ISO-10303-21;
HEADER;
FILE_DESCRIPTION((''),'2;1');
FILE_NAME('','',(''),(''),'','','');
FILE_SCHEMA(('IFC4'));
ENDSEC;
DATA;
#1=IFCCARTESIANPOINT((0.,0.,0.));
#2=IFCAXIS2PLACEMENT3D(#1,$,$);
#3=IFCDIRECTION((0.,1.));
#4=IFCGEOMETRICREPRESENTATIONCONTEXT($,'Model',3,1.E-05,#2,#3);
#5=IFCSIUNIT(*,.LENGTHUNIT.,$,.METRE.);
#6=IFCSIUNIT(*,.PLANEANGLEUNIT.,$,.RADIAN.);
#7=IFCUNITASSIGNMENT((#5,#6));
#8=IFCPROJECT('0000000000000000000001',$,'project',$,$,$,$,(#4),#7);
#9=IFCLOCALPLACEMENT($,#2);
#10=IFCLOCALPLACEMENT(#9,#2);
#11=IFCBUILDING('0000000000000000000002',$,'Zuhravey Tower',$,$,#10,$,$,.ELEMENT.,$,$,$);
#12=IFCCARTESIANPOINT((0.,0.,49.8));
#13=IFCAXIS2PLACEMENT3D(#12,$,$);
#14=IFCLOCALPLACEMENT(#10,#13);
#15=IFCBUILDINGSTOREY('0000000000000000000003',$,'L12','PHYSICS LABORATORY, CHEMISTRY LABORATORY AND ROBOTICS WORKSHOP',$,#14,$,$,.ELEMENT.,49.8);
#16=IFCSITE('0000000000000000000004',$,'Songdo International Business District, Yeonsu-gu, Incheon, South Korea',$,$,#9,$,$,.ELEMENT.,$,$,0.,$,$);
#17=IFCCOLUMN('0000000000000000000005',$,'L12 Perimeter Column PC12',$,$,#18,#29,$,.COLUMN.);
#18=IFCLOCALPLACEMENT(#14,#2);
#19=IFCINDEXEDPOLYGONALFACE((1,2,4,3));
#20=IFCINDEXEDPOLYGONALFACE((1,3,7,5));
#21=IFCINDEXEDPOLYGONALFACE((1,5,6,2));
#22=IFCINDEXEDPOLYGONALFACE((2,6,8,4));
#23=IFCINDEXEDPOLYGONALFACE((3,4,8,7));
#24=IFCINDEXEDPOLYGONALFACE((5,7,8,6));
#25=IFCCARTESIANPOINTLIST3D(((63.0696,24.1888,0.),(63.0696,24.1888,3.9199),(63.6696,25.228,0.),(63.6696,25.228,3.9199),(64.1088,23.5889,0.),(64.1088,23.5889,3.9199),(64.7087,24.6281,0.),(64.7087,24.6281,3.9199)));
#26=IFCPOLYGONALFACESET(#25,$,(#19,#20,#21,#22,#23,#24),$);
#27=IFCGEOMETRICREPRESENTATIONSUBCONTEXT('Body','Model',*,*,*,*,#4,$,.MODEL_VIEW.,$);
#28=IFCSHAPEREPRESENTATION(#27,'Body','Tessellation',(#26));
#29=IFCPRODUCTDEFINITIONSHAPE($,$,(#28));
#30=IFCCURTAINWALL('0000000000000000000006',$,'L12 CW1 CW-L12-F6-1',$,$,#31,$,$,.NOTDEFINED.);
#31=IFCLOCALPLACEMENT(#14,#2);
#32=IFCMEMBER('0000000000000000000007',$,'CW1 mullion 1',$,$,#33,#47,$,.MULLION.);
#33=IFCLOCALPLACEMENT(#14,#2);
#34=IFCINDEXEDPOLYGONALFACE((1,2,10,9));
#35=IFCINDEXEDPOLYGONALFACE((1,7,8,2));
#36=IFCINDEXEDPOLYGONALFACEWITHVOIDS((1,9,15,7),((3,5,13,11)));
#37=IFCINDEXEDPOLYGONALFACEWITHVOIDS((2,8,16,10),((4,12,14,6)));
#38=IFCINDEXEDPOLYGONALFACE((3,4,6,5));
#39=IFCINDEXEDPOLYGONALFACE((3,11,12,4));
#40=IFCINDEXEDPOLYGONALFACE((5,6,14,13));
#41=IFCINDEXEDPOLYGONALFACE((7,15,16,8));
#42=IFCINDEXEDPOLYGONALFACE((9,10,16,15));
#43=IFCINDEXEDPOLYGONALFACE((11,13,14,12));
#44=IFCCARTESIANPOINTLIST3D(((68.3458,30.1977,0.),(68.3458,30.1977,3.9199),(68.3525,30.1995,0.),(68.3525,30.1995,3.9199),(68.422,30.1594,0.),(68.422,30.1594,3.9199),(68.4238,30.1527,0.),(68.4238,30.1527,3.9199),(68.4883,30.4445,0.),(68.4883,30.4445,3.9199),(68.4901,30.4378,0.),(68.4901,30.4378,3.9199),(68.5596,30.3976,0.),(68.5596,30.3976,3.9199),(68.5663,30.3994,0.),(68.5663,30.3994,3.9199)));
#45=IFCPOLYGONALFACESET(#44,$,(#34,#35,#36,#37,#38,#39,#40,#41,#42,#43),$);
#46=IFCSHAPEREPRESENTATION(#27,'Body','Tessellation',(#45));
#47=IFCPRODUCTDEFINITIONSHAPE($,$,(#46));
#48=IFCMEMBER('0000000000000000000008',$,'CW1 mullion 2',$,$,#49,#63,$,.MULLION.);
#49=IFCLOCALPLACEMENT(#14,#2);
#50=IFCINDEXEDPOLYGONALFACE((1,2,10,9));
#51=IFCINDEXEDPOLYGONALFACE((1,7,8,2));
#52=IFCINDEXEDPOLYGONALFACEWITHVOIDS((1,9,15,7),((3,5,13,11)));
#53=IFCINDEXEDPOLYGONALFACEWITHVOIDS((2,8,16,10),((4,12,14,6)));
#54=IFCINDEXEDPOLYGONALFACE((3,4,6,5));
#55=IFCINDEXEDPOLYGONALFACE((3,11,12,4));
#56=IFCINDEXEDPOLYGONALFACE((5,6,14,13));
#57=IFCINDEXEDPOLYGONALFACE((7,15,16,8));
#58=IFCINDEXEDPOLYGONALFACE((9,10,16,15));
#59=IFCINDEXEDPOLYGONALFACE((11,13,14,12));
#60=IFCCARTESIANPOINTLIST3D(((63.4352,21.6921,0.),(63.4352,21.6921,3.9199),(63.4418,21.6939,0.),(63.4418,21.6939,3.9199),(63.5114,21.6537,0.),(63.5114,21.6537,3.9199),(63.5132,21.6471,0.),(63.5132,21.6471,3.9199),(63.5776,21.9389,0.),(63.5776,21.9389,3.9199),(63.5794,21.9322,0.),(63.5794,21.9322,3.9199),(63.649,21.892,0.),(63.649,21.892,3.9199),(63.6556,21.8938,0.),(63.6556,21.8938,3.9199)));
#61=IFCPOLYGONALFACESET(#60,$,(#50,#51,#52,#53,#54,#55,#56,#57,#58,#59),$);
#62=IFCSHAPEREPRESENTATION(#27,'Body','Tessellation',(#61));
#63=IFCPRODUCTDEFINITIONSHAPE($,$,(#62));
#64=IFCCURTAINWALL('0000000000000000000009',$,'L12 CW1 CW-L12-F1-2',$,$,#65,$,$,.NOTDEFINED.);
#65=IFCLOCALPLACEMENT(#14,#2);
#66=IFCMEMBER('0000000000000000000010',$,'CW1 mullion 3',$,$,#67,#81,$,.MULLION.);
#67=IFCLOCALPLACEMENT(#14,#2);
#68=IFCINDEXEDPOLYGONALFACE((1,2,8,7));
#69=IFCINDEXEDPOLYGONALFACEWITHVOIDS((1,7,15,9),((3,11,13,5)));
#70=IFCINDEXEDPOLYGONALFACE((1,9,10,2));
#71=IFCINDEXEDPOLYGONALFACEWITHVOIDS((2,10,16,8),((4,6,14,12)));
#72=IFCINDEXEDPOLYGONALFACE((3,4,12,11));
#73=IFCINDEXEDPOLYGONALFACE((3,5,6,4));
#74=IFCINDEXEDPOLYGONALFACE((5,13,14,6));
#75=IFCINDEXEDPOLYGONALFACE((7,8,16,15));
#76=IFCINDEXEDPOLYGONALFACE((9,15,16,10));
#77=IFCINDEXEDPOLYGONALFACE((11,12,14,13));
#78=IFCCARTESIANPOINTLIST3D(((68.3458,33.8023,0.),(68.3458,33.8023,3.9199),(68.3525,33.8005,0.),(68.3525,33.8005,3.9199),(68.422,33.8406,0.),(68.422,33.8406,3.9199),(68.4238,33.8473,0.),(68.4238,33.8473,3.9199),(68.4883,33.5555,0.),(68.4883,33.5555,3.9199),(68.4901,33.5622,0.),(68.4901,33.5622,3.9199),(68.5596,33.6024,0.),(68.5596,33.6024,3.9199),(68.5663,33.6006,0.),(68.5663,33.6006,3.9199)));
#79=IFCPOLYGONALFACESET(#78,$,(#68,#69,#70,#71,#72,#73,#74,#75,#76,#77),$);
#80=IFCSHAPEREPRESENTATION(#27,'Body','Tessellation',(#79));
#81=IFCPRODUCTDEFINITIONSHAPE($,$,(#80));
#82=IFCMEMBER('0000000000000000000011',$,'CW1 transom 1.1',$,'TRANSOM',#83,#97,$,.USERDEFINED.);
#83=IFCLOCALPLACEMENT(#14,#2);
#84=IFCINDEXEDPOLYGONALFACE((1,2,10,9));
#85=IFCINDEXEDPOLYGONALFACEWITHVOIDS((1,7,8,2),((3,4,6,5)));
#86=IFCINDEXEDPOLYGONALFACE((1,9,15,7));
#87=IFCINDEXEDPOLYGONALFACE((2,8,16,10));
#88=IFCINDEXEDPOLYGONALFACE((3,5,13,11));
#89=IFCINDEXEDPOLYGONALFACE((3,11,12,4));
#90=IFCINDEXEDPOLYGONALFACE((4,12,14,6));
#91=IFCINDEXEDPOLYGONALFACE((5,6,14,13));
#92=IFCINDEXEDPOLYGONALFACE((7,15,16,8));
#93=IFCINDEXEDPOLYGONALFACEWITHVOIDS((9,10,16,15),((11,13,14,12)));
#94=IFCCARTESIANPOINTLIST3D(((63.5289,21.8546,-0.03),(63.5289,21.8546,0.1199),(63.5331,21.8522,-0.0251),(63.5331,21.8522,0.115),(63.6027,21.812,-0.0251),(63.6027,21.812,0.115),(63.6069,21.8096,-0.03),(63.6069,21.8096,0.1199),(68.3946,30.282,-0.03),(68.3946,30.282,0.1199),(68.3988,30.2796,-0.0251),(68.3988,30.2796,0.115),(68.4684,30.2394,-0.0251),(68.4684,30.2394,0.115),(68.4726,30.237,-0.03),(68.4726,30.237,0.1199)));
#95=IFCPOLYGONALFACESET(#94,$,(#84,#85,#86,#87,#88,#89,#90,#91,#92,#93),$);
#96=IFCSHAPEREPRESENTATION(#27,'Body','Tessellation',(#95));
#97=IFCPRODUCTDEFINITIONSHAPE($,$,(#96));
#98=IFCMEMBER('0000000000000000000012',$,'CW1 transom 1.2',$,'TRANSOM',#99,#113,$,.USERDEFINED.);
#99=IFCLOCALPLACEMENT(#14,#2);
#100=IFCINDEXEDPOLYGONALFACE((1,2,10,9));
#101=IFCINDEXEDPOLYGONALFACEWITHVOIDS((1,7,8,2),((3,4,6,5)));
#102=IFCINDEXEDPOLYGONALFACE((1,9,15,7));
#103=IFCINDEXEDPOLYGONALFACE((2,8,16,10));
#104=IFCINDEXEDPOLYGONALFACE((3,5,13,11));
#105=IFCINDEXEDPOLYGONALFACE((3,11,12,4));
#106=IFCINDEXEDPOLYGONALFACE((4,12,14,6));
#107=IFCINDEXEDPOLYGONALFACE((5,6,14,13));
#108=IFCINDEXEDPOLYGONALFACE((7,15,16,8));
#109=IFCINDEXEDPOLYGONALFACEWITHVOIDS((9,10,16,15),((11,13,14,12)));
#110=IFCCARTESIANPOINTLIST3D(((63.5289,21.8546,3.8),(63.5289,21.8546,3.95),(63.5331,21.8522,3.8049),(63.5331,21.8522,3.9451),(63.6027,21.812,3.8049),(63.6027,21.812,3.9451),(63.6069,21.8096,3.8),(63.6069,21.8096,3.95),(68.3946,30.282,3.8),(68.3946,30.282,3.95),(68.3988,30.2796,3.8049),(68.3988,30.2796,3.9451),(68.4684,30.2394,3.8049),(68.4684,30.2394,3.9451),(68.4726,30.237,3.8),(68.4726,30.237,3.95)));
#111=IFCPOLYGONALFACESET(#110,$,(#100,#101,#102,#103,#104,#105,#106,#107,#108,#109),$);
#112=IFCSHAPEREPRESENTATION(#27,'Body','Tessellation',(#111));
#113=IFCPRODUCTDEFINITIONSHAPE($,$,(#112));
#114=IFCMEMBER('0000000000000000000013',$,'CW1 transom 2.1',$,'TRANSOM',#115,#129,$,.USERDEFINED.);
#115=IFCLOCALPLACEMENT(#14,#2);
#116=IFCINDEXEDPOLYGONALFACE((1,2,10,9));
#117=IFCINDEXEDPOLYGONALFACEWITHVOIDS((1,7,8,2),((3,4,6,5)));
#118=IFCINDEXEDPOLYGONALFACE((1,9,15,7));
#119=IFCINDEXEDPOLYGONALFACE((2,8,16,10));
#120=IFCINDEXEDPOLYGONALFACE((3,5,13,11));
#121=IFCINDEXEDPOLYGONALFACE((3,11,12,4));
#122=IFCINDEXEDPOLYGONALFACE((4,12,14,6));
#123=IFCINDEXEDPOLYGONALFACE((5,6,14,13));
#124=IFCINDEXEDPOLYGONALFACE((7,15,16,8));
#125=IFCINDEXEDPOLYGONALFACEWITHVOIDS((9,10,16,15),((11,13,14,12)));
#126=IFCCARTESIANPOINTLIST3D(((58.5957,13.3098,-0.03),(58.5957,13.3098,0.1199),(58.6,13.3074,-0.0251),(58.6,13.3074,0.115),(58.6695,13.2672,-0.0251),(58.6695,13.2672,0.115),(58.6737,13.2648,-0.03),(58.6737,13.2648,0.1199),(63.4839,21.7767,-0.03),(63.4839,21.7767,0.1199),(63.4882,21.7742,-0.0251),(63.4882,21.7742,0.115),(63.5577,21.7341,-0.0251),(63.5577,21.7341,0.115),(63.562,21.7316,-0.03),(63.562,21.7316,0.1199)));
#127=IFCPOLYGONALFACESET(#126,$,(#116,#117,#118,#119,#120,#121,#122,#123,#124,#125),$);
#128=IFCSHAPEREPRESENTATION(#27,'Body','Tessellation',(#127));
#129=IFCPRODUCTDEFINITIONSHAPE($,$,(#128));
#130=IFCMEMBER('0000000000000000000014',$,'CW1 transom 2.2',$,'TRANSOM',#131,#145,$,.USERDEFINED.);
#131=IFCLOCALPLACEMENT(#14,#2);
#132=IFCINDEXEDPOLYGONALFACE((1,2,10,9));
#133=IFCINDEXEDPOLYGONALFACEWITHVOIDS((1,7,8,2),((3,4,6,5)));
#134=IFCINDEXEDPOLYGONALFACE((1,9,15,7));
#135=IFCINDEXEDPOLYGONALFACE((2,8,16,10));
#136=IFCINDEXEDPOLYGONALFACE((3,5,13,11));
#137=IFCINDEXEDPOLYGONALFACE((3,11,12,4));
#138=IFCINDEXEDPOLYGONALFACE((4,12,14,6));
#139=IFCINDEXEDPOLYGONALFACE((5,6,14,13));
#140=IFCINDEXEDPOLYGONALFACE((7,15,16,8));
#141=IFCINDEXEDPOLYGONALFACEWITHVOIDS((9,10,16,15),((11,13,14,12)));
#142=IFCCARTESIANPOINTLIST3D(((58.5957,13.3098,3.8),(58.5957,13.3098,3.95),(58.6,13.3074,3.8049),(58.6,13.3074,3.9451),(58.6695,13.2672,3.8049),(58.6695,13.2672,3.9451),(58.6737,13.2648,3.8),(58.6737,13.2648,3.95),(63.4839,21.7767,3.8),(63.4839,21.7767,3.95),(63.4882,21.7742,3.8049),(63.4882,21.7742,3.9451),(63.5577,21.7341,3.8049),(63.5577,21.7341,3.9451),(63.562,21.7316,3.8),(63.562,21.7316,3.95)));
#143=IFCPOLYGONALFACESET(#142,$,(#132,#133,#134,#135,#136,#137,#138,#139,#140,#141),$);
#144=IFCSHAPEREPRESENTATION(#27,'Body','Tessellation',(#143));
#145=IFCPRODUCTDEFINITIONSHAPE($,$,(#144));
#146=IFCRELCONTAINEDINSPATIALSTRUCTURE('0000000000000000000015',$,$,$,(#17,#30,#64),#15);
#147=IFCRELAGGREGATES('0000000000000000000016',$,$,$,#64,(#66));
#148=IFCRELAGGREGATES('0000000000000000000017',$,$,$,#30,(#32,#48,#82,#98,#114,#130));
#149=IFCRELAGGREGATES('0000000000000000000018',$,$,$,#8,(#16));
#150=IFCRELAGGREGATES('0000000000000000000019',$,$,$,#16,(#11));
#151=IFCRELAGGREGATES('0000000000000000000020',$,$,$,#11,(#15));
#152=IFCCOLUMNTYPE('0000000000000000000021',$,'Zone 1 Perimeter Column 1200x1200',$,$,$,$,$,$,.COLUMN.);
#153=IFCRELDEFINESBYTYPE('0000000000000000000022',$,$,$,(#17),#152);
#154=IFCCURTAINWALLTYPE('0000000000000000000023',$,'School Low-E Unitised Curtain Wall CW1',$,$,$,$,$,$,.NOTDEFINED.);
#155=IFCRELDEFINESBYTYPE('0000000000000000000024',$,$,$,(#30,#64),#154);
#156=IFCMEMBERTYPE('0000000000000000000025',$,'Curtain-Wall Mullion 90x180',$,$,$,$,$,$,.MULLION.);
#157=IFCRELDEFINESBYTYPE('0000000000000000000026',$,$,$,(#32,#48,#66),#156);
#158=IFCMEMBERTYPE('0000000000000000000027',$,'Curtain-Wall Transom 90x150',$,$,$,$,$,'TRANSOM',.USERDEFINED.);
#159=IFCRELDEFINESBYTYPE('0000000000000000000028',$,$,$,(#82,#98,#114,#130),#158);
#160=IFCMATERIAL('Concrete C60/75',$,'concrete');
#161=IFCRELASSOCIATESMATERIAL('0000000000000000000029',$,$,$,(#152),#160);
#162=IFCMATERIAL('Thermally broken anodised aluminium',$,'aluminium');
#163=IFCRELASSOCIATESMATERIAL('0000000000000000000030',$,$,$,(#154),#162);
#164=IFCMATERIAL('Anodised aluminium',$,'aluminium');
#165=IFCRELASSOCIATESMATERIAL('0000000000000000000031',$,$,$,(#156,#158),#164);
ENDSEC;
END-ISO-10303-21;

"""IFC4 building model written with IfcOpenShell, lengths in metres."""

from ifc_helpers import new_model, si_unit, direction, frame, origin, origin_2d, place, context, subcontext, project, spatial, rectangle, hollow_rectangle, extrude, material, material_profile, profile_set, type_object, element, aggregate, save


model = new_model("IFC4")

# Units and contexts
model_context = context("Model", 3, precision=1e-05, world=origin(), true_north=direction((0.0, 1.0)))
body_context = subcontext(model_context, "Body", "Model", "MODEL_VIEW")
ifc_project = project(units=[si_unit("LENGTHUNIT", "METRE"), si_unit("PLANEANGLEUNIT", "RADIAN")], contexts=[model_context])

# Site, building, storey
site_placement = place(None, origin())
site = spatial("IfcSite", under=ifc_project, at=site_placement, Name="Songdo International Business District, Yeonsu-gu, Incheon, South Korea", CompositionType="ELEMENT", RefElevation=0.0)
building_placement = place(site_placement, origin())
building = spatial("IfcBuilding", under=site, at=building_placement, Name="Zuhravey Tower", CompositionType="ELEMENT")
storey_placement = place(building_placement, frame((0.0, 0.0, 49.8)))
storey = spatial("IfcBuildingStorey", under=building, at=storey_placement, Name="L12", Description="PHYSICS LABORATORY, CHEMISTRY LABORATORY AND ROBOTICS WORKSHOP", CompositionType="ELEMENT", Elevation=49.8)

# Column
ifc_material_1 = material(Name="Concrete C60/75", Category="concrete")
ifc_material_profile_1 = material_profile(ifc_material_1, rectangle(XDim=1.2, YDim=1.2, at=origin_2d()), Name="RC-1200x1200")
ifc_profile_set_1 = profile_set([ifc_material_profile_1], Name="Concrete C60/75")
column_type = type_object("IfcColumnType", Name="Zone 1 Perimeter Column 1200x1200", PredefinedType="COLUMN", material=ifc_profile_set_1)
column_placement = place(storey_placement, frame((63.8892, 24.4084, 0.0), z_axis=(0.0, 0.0, 1.0), x_axis=(0.5, 0.866025, 0.0)))
element("IfcColumn", 1, at=column_placement, inside=storey, type_object=column_type, Name="L12 Perimeter Column PC12", PredefinedType="COLUMN", context=body_context, shape_type="SweptSolid", body=[
    extrude(rectangle(XDim=1.2, YDim=1.2, at=origin_2d()), origin(), (0.0, 0.0, 1.0), 3.9199),
])

# Curtain wall, members
ifc_material_2 = material(Name="Thermally broken anodised aluminium", Category="aluminium")
curtain_wall_type = type_object("IfcCurtainWallType", Name="School Low-E Unitised Curtain Wall CW1", PredefinedType="NOTDEFINED", material=ifc_material_2)
curtain_wall_1_placement = place(storey_placement, origin())
curtain_wall_1 = element("IfcCurtainWall", 2, at=curtain_wall_1_placement, inside=storey, type_object=curtain_wall_type, Name="L12 CW1 CW-L12-F6-1", PredefinedType="NOTDEFINED")
ifc_material_3 = material(Name="Anodised aluminium", Category="aluminium")
ifc_material_profile_2 = material_profile(ifc_material_3, hollow_rectangle(XDim=0.0901, YDim=0.2849, WallThickness=0.0049, at=origin_2d()), Name="ALU-RHS-90x285x5")
ifc_profile_set_2 = profile_set([ifc_material_profile_2], Name="Anodised aluminium")
member_type_1 = type_object("IfcMemberType", Name="Curtain-Wall Mullion 90x180", PredefinedType="MULLION", material=ifc_profile_set_2)
member_1_placement = place(storey_placement, frame((68.4561, 30.2986, 0.0), z_axis=(0.0, 0.0, 1.0), x_axis=(0.866026, -0.5, 0.0)))
member_1 = element("IfcMember", 3, at=member_1_placement, type_object=member_type_1, Name="CW1 mullion 1", PredefinedType="MULLION", context=body_context, shape_type="SweptSolid", body=[
    extrude(hollow_rectangle(XDim=0.0901, YDim=0.2849, WallThickness=0.0049, at=origin_2d()), origin(), (0.0, 0.0, 1.0), 3.9199),
])
member_2_placement = place(storey_placement, frame((63.5454, 21.793, 0.0), z_axis=(0.0, 0.0, 1.0), x_axis=(0.866026, -0.5, 0.0)))
member_2 = element("IfcMember", 4, at=member_2_placement, type_object=member_type_1, Name="CW1 mullion 2", PredefinedType="MULLION", context=body_context, shape_type="SweptSolid", body=[
    extrude(hollow_rectangle(XDim=0.0901, YDim=0.2849, WallThickness=0.0049, at=origin_2d()), origin(), (0.0, 0.0, 1.0), 3.9199),
])

# Curtain wall, member
curtain_wall_2_placement = place(storey_placement, origin())
curtain_wall_2 = element("IfcCurtainWall", 5, at=curtain_wall_2_placement, inside=storey, type_object=curtain_wall_type, Name="L12 CW1 CW-L12-F1-2", PredefinedType="NOTDEFINED")
member_3_placement = place(storey_placement, frame((68.4561, 33.7014, 0.0), z_axis=(0.0, 0.0, 1.0), x_axis=(0.866025, 0.500001, 0.0)))
member_3 = element("IfcMember", 6, at=member_3_placement, type_object=member_type_1, Name="CW1 mullion 3", PredefinedType="MULLION", context=body_context, shape_type="SweptSolid", body=[
    extrude(hollow_rectangle(XDim=0.0901, YDim=0.2849, WallThickness=0.0049, at=origin_2d()), origin(), (0.0, 0.0, 1.0), 3.9199),
])
aggregate(curtain_wall_2, [member_3])

# Members
ifc_material_profile_3 = material_profile(ifc_material_3, hollow_rectangle(XDim=0.0901, YDim=0.1499, WallThickness=0.0049, at=origin_2d()), Name="ALU-RHS-90x150x5")
ifc_profile_set_3 = profile_set([ifc_material_profile_3], Name="Anodised aluminium")
member_type_2 = type_object("IfcMemberType", Name="Curtain-Wall Transom 90x150", ElementType="TRANSOM", PredefinedType="USERDEFINED", material=ifc_profile_set_3)
member_4_placement = place(storey_placement, frame((68.4336, 30.2595, 0.0449), z_axis=(-0.500008, -0.866021, 0.0), x_axis=(0.866021, -0.500008, 0.0)))
member_4 = element("IfcMember", 7, at=member_4_placement, type_object=member_type_2, Name="CW1 transom 1.1", ObjectType="TRANSOM", PredefinedType="USERDEFINED", context=body_context, shape_type="SweptSolid", body=[
    extrude(hollow_rectangle(XDim=0.0901, YDim=0.1499, WallThickness=0.0049, at=origin_2d()), origin(), (0.0, 0.0, 1.0), 9.7312),
])
member_5_placement = place(storey_placement, frame((68.4336, 30.2595, 3.875), z_axis=(-0.500008, -0.866021, 0.0), x_axis=(0.866021, -0.500008, 0.0)))
member_5 = element("IfcMember", 8, at=member_5_placement, type_object=member_type_2, Name="CW1 transom 1.2", ObjectType="TRANSOM", PredefinedType="USERDEFINED", context=body_context, shape_type="SweptSolid", body=[
    extrude(hollow_rectangle(XDim=0.0901, YDim=0.1499, WallThickness=0.0049, at=origin_2d()), origin(), (0.0, 0.0, 1.0), 9.7312),
])
member_6_placement = place(storey_placement, frame((63.5229, 21.7542, 0.0449), z_axis=(-0.49999, -0.866031, 0.0), x_axis=(0.866031, -0.49999, 0.0)))
member_6 = element("IfcMember", 9, at=member_6_placement, type_object=member_type_2, Name="CW1 transom 2.1", ObjectType="TRANSOM", PredefinedType="USERDEFINED", context=body_context, shape_type="SweptSolid", body=[
    extrude(hollow_rectangle(XDim=0.0901, YDim=0.1499, WallThickness=0.0049, at=origin_2d()), origin(), (0.0, 0.0, 1.0), 9.7766),
])
member_7_placement = place(storey_placement, frame((63.5229, 21.7542, 3.875), z_axis=(-0.49999, -0.866031, 0.0), x_axis=(0.866031, -0.49999, 0.0)))
member_7 = element("IfcMember", 10, at=member_7_placement, type_object=member_type_2, Name="CW1 transom 2.2", ObjectType="TRANSOM", PredefinedType="USERDEFINED", context=body_context, shape_type="SweptSolid", body=[
    extrude(hollow_rectangle(XDim=0.0901, YDim=0.1499, WallThickness=0.0049, at=origin_2d()), origin(), (0.0, 0.0, 1.0), 9.7766),
])

aggregate(curtain_wall_1, [member_1, member_2, member_4, member_5, member_6, member_7])

save(model, "model.ifc")
